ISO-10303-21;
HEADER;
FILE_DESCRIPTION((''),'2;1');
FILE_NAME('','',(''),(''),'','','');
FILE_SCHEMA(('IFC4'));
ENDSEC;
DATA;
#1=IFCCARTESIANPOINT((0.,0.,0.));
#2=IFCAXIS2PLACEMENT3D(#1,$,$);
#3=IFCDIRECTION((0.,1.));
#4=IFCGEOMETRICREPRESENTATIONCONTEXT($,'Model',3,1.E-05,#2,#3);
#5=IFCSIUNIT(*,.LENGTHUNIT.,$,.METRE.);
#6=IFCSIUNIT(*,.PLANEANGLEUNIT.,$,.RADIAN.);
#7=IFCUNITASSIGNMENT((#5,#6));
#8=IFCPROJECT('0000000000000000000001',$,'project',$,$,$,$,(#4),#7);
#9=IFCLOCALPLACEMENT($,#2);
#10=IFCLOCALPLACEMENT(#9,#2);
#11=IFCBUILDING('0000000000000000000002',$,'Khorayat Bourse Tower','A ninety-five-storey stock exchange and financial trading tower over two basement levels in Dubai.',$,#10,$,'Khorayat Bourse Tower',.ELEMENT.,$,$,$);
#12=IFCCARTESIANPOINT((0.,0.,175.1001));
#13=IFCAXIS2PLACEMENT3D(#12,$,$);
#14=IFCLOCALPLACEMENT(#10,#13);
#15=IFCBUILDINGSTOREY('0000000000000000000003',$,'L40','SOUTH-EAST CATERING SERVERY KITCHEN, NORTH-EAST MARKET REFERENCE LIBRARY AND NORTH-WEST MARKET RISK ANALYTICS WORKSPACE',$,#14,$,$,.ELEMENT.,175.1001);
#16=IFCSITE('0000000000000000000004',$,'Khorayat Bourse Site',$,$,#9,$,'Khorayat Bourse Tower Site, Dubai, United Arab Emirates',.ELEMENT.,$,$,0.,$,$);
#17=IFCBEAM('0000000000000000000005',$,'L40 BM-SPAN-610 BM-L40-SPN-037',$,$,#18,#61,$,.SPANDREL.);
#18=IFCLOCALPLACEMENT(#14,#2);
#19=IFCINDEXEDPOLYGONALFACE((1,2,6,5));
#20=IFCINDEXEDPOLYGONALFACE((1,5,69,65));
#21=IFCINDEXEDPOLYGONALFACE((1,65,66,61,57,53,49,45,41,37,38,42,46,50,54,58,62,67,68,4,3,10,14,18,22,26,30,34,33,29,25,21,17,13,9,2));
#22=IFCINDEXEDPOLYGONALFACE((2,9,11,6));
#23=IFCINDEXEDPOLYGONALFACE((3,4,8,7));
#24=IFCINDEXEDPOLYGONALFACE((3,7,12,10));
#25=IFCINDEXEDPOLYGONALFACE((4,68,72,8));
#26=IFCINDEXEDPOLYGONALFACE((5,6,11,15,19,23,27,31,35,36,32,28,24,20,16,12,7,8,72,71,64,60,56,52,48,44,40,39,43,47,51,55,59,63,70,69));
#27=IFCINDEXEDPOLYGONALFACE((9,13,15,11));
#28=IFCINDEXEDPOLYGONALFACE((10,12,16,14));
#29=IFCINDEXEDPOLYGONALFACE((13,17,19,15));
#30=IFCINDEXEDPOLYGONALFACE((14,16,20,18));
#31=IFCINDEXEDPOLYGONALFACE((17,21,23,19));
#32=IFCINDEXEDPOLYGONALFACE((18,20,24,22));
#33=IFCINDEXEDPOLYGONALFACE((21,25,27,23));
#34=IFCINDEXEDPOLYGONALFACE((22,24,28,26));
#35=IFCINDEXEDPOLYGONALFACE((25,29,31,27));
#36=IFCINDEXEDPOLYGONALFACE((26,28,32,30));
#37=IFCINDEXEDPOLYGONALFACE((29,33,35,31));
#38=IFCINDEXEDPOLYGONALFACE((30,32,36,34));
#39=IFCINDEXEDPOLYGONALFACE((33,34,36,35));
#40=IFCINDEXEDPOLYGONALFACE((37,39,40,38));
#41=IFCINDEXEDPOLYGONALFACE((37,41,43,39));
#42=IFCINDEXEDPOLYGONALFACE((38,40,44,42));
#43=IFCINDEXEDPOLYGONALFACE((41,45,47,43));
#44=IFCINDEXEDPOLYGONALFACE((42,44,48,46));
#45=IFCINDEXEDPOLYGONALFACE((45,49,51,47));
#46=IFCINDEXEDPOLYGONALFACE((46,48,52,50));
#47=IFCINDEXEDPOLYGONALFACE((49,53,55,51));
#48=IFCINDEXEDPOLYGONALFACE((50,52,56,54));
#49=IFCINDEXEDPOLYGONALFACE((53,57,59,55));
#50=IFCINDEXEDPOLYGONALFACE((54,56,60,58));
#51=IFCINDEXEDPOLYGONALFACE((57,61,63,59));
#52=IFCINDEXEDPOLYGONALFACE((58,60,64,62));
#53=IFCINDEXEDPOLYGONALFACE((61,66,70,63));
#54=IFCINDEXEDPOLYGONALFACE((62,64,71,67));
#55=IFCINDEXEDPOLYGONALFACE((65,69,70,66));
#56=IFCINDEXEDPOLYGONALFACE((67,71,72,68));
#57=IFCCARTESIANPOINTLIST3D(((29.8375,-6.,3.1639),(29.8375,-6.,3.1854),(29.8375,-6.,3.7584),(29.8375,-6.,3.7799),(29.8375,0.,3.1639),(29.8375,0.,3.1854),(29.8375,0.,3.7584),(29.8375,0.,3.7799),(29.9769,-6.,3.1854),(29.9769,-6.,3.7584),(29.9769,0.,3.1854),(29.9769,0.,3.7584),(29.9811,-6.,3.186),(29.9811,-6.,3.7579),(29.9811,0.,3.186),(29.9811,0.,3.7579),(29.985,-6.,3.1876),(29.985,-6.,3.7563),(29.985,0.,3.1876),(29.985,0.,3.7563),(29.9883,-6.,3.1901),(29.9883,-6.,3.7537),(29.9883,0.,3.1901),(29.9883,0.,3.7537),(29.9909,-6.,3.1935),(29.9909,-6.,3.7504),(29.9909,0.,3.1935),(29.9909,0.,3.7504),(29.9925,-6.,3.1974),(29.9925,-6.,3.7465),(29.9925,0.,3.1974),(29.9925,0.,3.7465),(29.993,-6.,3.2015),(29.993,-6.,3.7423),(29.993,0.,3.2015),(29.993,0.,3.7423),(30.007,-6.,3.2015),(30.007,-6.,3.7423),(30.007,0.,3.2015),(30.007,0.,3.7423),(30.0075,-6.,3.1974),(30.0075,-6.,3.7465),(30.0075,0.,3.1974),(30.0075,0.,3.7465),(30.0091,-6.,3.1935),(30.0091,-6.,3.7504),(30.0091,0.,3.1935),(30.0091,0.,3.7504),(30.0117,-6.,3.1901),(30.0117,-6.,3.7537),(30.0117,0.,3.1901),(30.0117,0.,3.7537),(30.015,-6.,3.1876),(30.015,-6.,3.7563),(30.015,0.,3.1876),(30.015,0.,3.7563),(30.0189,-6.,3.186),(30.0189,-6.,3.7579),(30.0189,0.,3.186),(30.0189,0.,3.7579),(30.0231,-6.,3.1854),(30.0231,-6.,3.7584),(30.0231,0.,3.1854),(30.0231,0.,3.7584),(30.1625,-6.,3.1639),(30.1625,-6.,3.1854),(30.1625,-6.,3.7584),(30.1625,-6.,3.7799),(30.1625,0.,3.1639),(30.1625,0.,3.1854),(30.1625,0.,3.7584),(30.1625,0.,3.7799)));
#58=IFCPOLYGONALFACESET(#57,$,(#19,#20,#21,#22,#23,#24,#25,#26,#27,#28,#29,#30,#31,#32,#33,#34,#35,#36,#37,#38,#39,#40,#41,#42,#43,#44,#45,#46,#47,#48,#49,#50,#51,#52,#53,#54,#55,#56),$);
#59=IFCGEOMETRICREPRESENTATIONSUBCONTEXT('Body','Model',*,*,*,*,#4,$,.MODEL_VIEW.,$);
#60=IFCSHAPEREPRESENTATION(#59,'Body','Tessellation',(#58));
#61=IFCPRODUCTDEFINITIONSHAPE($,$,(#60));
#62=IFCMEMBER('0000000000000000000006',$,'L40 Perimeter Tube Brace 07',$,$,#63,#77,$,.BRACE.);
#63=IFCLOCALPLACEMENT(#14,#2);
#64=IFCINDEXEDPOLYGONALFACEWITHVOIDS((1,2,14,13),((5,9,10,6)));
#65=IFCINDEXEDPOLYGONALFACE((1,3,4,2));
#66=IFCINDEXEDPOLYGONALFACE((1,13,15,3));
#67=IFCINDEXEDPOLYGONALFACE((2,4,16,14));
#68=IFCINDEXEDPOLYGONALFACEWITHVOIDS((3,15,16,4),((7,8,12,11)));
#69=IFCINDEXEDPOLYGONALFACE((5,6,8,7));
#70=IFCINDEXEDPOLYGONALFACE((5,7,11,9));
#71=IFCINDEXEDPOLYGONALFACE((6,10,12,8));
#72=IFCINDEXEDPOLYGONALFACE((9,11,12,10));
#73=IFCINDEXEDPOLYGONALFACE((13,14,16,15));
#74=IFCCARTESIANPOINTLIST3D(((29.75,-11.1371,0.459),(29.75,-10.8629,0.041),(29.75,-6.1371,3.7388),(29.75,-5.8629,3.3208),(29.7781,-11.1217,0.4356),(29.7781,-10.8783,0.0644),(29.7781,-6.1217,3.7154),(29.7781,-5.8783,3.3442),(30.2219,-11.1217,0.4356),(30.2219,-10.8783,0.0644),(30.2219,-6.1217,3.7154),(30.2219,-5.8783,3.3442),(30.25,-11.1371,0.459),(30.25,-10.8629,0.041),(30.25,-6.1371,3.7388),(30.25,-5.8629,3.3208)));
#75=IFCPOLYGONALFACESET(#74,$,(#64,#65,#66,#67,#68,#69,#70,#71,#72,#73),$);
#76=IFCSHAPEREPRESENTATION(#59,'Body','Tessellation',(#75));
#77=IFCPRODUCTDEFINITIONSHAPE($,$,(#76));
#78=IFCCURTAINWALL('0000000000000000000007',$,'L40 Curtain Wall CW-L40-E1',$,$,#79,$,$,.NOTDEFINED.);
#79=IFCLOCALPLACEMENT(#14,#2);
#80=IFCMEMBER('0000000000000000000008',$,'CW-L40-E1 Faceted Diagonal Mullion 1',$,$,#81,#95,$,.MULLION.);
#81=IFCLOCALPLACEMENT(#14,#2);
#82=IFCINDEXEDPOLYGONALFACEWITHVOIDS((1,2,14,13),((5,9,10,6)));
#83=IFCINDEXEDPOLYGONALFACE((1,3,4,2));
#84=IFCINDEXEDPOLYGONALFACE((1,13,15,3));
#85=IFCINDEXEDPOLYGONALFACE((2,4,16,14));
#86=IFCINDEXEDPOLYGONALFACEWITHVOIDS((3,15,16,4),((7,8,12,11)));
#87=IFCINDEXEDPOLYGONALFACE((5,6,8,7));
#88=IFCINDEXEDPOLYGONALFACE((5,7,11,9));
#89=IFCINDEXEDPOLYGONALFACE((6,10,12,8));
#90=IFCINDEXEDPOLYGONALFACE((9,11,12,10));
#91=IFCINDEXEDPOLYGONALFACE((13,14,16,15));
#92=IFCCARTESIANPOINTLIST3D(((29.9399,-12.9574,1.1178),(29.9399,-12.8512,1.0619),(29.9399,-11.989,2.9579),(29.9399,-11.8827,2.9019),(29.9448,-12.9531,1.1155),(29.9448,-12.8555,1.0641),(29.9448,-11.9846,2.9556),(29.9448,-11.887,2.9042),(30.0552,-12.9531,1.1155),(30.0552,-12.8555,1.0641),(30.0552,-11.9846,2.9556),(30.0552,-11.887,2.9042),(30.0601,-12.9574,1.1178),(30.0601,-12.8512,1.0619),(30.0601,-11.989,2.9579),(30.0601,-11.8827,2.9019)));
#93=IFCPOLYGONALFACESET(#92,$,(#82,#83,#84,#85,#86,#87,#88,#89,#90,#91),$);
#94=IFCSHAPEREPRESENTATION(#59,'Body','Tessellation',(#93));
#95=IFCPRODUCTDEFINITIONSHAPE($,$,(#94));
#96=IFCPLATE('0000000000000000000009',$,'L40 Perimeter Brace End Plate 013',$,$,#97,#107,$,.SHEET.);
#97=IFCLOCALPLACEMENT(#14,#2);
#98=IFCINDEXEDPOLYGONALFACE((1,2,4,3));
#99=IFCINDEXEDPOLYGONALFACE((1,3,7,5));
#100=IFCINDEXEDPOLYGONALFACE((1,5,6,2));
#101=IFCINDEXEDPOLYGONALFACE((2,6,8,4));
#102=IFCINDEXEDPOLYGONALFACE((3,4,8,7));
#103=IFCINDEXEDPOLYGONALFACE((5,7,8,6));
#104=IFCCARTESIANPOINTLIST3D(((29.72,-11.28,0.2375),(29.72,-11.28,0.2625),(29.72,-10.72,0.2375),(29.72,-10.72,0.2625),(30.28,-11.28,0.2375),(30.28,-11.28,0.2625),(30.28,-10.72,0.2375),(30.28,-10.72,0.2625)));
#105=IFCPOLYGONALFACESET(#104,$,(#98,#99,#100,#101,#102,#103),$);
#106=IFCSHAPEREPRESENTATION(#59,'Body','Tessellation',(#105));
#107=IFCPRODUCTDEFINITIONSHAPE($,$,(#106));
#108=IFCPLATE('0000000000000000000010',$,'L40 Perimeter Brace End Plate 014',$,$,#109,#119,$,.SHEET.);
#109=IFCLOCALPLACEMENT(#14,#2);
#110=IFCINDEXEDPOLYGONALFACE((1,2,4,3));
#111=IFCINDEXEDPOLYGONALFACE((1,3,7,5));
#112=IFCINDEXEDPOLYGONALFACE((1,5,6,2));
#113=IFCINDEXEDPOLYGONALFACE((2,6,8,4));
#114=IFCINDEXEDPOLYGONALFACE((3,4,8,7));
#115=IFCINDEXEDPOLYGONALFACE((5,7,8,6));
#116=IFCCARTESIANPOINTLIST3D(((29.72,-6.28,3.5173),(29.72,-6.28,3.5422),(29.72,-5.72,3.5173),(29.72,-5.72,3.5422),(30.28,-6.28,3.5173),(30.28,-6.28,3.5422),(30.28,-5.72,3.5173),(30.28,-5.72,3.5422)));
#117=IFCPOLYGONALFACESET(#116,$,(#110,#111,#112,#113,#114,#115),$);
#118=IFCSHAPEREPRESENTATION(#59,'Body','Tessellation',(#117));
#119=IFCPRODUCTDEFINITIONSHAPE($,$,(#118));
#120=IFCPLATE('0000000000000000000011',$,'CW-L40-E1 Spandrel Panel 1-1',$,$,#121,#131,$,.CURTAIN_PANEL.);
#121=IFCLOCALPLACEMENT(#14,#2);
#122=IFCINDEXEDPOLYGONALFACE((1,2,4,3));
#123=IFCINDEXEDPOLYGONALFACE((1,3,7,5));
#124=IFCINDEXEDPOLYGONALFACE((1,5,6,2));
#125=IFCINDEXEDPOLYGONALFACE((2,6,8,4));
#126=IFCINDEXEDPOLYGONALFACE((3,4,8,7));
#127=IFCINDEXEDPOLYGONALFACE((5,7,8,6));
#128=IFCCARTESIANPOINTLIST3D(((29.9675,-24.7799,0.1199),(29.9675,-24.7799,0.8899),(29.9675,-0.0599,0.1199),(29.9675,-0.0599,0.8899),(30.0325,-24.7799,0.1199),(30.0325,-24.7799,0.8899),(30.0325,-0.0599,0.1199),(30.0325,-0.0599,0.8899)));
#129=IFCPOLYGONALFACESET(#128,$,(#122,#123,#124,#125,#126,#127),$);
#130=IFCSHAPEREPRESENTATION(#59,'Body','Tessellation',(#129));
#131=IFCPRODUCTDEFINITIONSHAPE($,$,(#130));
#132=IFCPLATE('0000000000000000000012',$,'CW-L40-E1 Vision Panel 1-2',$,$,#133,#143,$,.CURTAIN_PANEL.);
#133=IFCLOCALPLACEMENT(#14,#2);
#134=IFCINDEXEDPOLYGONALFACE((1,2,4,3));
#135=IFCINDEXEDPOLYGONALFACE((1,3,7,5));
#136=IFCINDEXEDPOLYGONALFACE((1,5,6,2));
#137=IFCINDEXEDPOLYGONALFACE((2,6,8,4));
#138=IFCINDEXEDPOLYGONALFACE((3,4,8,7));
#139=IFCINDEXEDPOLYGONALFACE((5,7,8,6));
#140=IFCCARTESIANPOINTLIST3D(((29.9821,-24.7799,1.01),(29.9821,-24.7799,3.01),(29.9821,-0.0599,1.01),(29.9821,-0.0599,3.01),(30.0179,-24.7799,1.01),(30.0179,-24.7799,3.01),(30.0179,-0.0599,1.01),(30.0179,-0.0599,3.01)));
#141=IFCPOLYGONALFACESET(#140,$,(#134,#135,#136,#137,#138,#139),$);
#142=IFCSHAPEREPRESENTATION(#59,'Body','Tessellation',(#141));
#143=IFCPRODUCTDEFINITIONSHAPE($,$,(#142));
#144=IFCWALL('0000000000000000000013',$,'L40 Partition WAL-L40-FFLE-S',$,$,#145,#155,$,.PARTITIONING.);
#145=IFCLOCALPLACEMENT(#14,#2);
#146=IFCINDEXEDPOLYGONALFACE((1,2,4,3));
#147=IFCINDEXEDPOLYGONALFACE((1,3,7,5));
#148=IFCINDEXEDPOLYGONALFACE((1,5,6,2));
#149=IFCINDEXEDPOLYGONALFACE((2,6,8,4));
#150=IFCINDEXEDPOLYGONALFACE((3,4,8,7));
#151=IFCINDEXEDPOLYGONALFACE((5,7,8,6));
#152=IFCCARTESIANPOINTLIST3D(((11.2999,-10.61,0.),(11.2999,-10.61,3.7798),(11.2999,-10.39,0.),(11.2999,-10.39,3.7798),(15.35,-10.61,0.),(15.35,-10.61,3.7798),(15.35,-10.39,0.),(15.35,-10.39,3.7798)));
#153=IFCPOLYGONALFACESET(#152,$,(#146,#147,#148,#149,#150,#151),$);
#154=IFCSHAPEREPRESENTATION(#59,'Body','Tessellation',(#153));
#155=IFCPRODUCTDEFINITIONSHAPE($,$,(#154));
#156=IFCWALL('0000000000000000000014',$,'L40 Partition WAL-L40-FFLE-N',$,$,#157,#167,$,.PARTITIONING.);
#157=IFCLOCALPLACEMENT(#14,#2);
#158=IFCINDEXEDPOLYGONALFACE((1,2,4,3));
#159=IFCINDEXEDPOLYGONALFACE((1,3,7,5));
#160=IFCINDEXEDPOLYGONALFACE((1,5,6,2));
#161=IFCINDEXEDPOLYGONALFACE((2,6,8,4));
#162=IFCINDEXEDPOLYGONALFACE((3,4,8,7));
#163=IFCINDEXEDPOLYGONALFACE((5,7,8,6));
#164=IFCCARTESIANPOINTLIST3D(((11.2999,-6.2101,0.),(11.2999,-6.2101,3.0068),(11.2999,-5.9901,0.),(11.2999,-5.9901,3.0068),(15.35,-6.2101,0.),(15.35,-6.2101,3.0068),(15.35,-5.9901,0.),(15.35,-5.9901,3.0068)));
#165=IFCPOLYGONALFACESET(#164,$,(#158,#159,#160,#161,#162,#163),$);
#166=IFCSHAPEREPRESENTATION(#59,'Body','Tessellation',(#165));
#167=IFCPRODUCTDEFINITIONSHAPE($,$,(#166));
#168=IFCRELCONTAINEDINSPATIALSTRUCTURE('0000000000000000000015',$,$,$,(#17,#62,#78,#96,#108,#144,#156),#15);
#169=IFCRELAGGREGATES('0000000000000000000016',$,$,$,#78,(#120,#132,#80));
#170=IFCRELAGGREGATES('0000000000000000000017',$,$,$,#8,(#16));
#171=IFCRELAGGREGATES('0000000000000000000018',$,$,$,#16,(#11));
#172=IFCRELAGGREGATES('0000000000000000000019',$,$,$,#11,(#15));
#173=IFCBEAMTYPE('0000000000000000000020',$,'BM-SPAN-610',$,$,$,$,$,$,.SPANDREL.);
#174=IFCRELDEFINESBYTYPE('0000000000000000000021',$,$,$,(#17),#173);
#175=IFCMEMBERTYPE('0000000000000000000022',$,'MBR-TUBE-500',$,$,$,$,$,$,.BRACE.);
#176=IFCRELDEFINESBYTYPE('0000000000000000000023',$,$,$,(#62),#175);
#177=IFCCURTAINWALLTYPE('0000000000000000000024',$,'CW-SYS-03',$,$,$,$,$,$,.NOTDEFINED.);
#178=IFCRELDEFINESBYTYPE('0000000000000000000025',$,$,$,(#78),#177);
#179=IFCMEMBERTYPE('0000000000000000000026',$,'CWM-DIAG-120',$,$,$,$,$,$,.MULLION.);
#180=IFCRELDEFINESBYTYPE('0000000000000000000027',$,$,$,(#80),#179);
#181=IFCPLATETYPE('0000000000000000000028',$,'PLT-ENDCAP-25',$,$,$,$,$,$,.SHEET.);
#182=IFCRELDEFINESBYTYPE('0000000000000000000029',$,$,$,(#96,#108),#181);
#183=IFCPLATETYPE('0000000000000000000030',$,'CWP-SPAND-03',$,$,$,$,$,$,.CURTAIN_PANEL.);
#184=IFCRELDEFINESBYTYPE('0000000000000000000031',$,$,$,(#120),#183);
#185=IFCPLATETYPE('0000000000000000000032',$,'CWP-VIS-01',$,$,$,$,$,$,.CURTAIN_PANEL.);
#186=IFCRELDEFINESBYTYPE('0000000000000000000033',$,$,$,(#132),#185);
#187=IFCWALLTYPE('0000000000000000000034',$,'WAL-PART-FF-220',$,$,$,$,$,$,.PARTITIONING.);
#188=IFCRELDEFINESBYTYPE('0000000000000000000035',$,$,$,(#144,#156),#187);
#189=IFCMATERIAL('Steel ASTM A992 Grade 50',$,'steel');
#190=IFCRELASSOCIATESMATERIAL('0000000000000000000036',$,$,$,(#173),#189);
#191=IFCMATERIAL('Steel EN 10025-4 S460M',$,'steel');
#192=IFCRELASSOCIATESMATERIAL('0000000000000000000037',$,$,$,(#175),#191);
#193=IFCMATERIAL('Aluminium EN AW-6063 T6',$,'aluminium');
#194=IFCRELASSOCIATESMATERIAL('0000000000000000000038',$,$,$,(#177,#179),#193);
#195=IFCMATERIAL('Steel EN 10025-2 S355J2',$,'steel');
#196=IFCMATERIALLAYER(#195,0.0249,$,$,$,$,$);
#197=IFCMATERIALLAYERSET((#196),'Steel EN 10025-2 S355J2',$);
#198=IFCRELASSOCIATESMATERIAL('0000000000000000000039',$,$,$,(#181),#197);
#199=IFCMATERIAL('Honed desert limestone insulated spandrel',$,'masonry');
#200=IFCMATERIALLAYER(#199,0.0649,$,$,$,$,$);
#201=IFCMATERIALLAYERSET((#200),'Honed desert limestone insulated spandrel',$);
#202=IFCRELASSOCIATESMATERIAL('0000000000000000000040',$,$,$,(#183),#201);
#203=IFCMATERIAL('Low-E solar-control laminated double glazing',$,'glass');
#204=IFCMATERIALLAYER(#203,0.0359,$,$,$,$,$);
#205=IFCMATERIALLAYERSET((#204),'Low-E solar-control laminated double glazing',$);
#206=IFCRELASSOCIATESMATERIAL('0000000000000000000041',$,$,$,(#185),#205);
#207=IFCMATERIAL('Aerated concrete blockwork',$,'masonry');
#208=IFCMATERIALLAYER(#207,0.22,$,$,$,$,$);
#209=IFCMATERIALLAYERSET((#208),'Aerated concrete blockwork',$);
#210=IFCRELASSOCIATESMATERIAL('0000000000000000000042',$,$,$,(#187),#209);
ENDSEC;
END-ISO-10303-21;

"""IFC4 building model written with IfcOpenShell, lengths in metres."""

from ifc_helpers import new_model, si_unit, direction, frame, frame_2d, origin, origin_2d, place, context, subcontext, project, spatial, rectangle, hollow_rectangle, i_section, extrude, source, transform, mapped, material, layer, layer_set, material_profile, profile_set, type_object, element, aggregate, save


model = new_model("IFC4")

# Units and contexts
model_context = context("Model", 3, precision=1e-05, world=origin(), true_north=direction((0.0, 1.0)))
body_context = subcontext(model_context, "Body", "Model", "MODEL_VIEW")
ifc_project = project(units=[si_unit("LENGTHUNIT", "METRE"), si_unit("PLANEANGLEUNIT", "RADIAN")], contexts=[model_context])

# Site, building, storey
site_placement = place(None, origin())
site = spatial("IfcSite", under=ifc_project, at=site_placement, Name="Khorayat Bourse Site", LongName="Khorayat Bourse Tower Site, Dubai, United Arab Emirates", CompositionType="ELEMENT", RefElevation=0.0)
building_placement = place(site_placement, origin())
building = spatial("IfcBuilding", under=site, at=building_placement, Name="Khorayat Bourse Tower", Description="A ninety-five-storey stock exchange and financial trading tower over two basement levels in Dubai.", LongName="Khorayat Bourse Tower", CompositionType="ELEMENT")
storey_placement = place(building_placement, frame((0.0, 0.0, 175.1001)))
storey = spatial("IfcBuildingStorey", under=building, at=storey_placement, Name="L40", Description="SOUTH-EAST CATERING SERVERY KITCHEN, NORTH-EAST MARKET REFERENCE LIBRARY AND NORTH-WEST MARKET RISK ANALYTICS WORKSPACE", CompositionType="ELEMENT", Elevation=175.1001)

# Shared definitions
ifc_material_1 = material(Name="Steel EN 10025-4 S460M", Category="steel")

# Beam
ifc_material_2 = material(Name="Steel ASTM A992 Grade 50", Category="steel")
ifc_material_profile_1 = material_profile(ifc_material_2, i_section(OverallWidth=0.325, OverallDepth=0.616, WebThickness=0.0139, FlangeThickness=0.0215, FilletRadius=0.0161, at=origin_2d()), Name="W610X174")
ifc_profile_set_1 = profile_set([ifc_material_profile_1], Name="Steel ASTM A992 Grade 50")
beam_type_1 = type_object("IfcBeamType", Name="BM-SPAN-610", PredefinedType="SPANDREL", material=ifc_profile_set_1)
shared_shape_1 = source(origin(), body_context, "Body", "SweptSolid", [
    extrude(i_section(OverallWidth=0.325, OverallDepth=0.616, WebThickness=0.0139, FlangeThickness=0.0215, FilletRadius=0.0161, at=origin_2d()), origin(), (0.0, 0.0, 1.0), 6.0),
])
beam_1_placement = place(storey_placement, frame((30.0, -6.0, 3.4719), z_axis=(0.0, 1.0, 0.0), x_axis=(-1.0, 0.0, 0.0)))
element("IfcBeam", 1, at=beam_1_placement, inside=storey, type_object=beam_type_1, Name="L40 BM-SPAN-610 BM-L40-SPN-037", PredefinedType="SPANDREL", context=body_context, shape_type="MappedRepresentation", body=[
    mapped(shared_shape_1, transform((0.0, 0.0, 0.0), scale=1.0)),
])

# Member
ifc_material_profile_2 = material_profile(ifc_material_1, hollow_rectangle(XDim=0.5, YDim=0.5, WallThickness=0.0281, at=origin_2d()), Name="HSS 500x500x28")
ifc_profile_set_2 = profile_set([ifc_material_profile_2], Name="Steel EN 10025-4 S460M")
member_type_1 = type_object("IfcMemberType", Name="MBR-TUBE-500", PredefinedType="BRACE", material=ifc_profile_set_2)
shared_shape_2 = source(origin(), body_context, "Body", "SweptSolid", [
    extrude(hollow_rectangle(XDim=0.5, YDim=0.5, WallThickness=0.0281, at=origin_2d()), origin(), (0.0, 0.0, 1.0), 5.9797),
])
member_1_placement = place(storey_placement, frame((30.0, -11.0, 0.25), z_axis=(0.0, 0.83616, 0.548485), x_axis=(-1.0, 0.0, 0.0)))
element("IfcMember", 2, at=member_1_placement, inside=storey, type_object=member_type_1, Name="L40 Perimeter Tube Brace 07", PredefinedType="BRACE", context=body_context, shape_type="MappedRepresentation", body=[
    mapped(shared_shape_2, transform((0.0, 0.0, 0.0), scale=1.0)),
])

# Curtain wall, member
ifc_material_3 = material(Name="Aluminium EN AW-6063 T6", Category="aluminium")
curtain_wall_type = type_object("IfcCurtainWallType", Name="CW-SYS-03", PredefinedType="NOTDEFINED", material=ifc_material_3)
curtain_wall_placement = place(storey_placement, origin())
curtain_wall = element("IfcCurtainWall", 3, at=curtain_wall_placement, inside=storey, type_object=curtain_wall_type, Name="L40 Curtain Wall CW-L40-E1", PredefinedType="NOTDEFINED")
ifc_material_profile_3 = material_profile(ifc_material_3, hollow_rectangle(XDim=0.1201, YDim=0.1201, WallThickness=0.0049, at=origin_2d()), Name="ALU 120x120x5")
ifc_profile_set_3 = profile_set([ifc_material_profile_3], Name="Aluminium EN AW-6063 T6")
member_type_2 = type_object("IfcMemberType", Name="CWM-DIAG-120", PredefinedType="MULLION", material=ifc_profile_set_3)
shared_shape_3 = source(origin(), body_context, "Body", "SweptSolid", [
    extrude(hollow_rectangle(XDim=0.1201, YDim=0.1201, WallThickness=0.0049, at=origin_2d()), origin(), (0.0, 0.0, 1.0), 2.0793),
])
member_2_placement = place(storey_placement, frame((30.0, -12.9043, 1.0898), z_axis=(0.0, 0.465761, 0.884911), x_axis=(-1.0, 0.0, 0.0)))
member_2 = element("IfcMember", 4, at=member_2_placement, type_object=member_type_2, Name="CW-L40-E1 Faceted Diagonal Mullion 1", PredefinedType="MULLION", context=body_context, shape_type="MappedRepresentation", body=[
    mapped(shared_shape_3, transform((0.0, 0.0, 0.0), scale=1.0)),
])

# Plates
ifc_material_4 = material(Name="Steel EN 10025-2 S355J2", Category="steel")
ifc_layer_1 = layer(ifc_material_4, 0.0249)
ifc_layer_set_1 = layer_set([ifc_layer_1], Name="Steel EN 10025-2 S355J2")
plate_type_1 = type_object("IfcPlateType", Name="PLT-ENDCAP-25", PredefinedType="SHEET", material=ifc_layer_set_1)
shared_shape_4 = source(origin(), body_context, "Body", "SweptSolid", [
    extrude(rectangle(XDim=0.5601, YDim=0.5601, at=origin_2d()), origin(), (0.0, 0.0, 1.0), 0.0249),
])
for number, where, z_axis, x_axis, name in (
    (5, (30.0, -11.0, 0.2375), (0.0, 0.0, 1.0), (1.0, 0.0, 0.0), "L40 Perimeter Brace End Plate 013"),
    (6, (30.0, -6.0, 3.5173), (0.0, 0.0, 1.0), (1.0, 0.0, 0.0), "L40 Perimeter Brace End Plate 014"),
):
    element("IfcPlate", number, at=place(storey_placement, frame(where, z_axis=z_axis, x_axis=x_axis)), inside=storey, type_object=plate_type_1, Name=name, PredefinedType="SHEET", context=body_context, shape_type="MappedRepresentation", body=[
        mapped(shared_shape_4, transform((0.0, 0.0, 0.0), scale=1.0)),
    ])

# Plates
ifc_material_5 = material(Name="Honed desert limestone insulated spandrel", Category="masonry")
ifc_layer_2 = layer(ifc_material_5, 0.0649)
ifc_layer_set_2 = layer_set([ifc_layer_2], Name="Honed desert limestone insulated spandrel")
plate_type_2 = type_object("IfcPlateType", Name="CWP-SPAND-03", PredefinedType="CURTAIN_PANEL", material=ifc_layer_set_2)
shared_shape_5 = source(origin(), body_context, "Body", "SweptSolid", [
    extrude(rectangle(XDim=24.72, YDim=0.0649, at=origin_2d()), origin(), (0.0, 0.0, 1.0), 0.77),
])
plate_1_placement = place(storey_placement, frame((30.0, -12.4199, 0.1199), z_axis=(0.0, 0.0, 1.0), x_axis=(0.0, 1.0, 0.0)))
plate_1 = element("IfcPlate", 7, at=plate_1_placement, type_object=plate_type_2, Name="CW-L40-E1 Spandrel Panel 1-1", PredefinedType="CURTAIN_PANEL", context=body_context, shape_type="MappedRepresentation", body=[
    mapped(shared_shape_5, transform((0.0, 0.0, 0.0), scale=1.0)),
])
ifc_material_6 = material(Name="Low-E solar-control laminated double glazing", Category="glass")
ifc_layer_3 = layer(ifc_material_6, 0.0359)
ifc_layer_set_3 = layer_set([ifc_layer_3], Name="Low-E solar-control laminated double glazing")
plate_type_3 = type_object("IfcPlateType", Name="CWP-VIS-01", PredefinedType="CURTAIN_PANEL", material=ifc_layer_set_3)
shared_shape_6 = source(origin(), body_context, "Body", "SweptSolid", [
    extrude(rectangle(XDim=24.72, YDim=0.0359, at=origin_2d()), origin(), (0.0, 0.0, 1.0), 2.0),
])
plate_2_placement = place(storey_placement, frame((30.0, -12.4199, 1.01), z_axis=(0.0, 0.0, 1.0), x_axis=(0.0, 1.0, 0.0)))
plate_2 = element("IfcPlate", 8, at=plate_2_placement, type_object=plate_type_3, Name="CW-L40-E1 Vision Panel 1-2", PredefinedType="CURTAIN_PANEL", context=body_context, shape_type="MappedRepresentation", body=[
    mapped(shared_shape_6, transform((0.0, 0.0, 0.0), scale=1.0)),
])
aggregate(curtain_wall, [plate_1, plate_2, member_2])

# Walls
ifc_material_7 = material(Name="Aerated concrete blockwork", Category="masonry")
ifc_layer_4 = layer(ifc_material_7, 0.22)
ifc_layer_set_4 = layer_set([ifc_layer_4], Name="Aerated concrete blockwork")
wall_type_1 = type_object("IfcWallType", Name="WAL-PART-FF-220", PredefinedType="PARTITIONING", material=ifc_layer_set_4)
shared_shape_7 = source(origin(), body_context, "Body", "SweptSolid", [
    extrude(rectangle(XDim=4.05, YDim=0.22, at=frame_2d((2.0249, 0.0))), origin(), (0.0, 0.0, 1.0), 3.7798),
])
wall_1_placement = place(storey_placement, frame((11.3, -10.5, 0.0), z_axis=(0.0, 0.0, 1.0), x_axis=(1.0, 0.0, 0.0)))
element("IfcWall", 9, at=wall_1_placement, inside=storey, type_object=wall_type_1, Name="L40 Partition WAL-L40-FFLE-S", PredefinedType="PARTITIONING", context=body_context, shape_type="MappedRepresentation", body=[
    mapped(shared_shape_7, transform((0.0, 0.0, 0.0), scale=1.0)),
])
shared_shape_8 = source(origin(), body_context, "Body", "SweptSolid", [
    extrude(rectangle(XDim=4.05, YDim=0.22, at=frame_2d((2.0249, 0.0))), origin(), (0.0, 0.0, 1.0), 3.0068),
])
wall_2_placement = place(storey_placement, frame((11.3, -6.1001, 0.0), z_axis=(0.0, 0.0, 1.0), x_axis=(1.0, 0.0, 0.0)))
element("IfcWall", 10, at=wall_2_placement, inside=storey, type_object=wall_type_1, Name="L40 Partition WAL-L40-FFLE-N", PredefinedType="PARTITIONING", context=body_context, shape_type="MappedRepresentation", body=[
    mapped(shared_shape_8, transform((0.0, 0.0, 0.0), scale=1.0)),
])

save(model, "model.ifc")
